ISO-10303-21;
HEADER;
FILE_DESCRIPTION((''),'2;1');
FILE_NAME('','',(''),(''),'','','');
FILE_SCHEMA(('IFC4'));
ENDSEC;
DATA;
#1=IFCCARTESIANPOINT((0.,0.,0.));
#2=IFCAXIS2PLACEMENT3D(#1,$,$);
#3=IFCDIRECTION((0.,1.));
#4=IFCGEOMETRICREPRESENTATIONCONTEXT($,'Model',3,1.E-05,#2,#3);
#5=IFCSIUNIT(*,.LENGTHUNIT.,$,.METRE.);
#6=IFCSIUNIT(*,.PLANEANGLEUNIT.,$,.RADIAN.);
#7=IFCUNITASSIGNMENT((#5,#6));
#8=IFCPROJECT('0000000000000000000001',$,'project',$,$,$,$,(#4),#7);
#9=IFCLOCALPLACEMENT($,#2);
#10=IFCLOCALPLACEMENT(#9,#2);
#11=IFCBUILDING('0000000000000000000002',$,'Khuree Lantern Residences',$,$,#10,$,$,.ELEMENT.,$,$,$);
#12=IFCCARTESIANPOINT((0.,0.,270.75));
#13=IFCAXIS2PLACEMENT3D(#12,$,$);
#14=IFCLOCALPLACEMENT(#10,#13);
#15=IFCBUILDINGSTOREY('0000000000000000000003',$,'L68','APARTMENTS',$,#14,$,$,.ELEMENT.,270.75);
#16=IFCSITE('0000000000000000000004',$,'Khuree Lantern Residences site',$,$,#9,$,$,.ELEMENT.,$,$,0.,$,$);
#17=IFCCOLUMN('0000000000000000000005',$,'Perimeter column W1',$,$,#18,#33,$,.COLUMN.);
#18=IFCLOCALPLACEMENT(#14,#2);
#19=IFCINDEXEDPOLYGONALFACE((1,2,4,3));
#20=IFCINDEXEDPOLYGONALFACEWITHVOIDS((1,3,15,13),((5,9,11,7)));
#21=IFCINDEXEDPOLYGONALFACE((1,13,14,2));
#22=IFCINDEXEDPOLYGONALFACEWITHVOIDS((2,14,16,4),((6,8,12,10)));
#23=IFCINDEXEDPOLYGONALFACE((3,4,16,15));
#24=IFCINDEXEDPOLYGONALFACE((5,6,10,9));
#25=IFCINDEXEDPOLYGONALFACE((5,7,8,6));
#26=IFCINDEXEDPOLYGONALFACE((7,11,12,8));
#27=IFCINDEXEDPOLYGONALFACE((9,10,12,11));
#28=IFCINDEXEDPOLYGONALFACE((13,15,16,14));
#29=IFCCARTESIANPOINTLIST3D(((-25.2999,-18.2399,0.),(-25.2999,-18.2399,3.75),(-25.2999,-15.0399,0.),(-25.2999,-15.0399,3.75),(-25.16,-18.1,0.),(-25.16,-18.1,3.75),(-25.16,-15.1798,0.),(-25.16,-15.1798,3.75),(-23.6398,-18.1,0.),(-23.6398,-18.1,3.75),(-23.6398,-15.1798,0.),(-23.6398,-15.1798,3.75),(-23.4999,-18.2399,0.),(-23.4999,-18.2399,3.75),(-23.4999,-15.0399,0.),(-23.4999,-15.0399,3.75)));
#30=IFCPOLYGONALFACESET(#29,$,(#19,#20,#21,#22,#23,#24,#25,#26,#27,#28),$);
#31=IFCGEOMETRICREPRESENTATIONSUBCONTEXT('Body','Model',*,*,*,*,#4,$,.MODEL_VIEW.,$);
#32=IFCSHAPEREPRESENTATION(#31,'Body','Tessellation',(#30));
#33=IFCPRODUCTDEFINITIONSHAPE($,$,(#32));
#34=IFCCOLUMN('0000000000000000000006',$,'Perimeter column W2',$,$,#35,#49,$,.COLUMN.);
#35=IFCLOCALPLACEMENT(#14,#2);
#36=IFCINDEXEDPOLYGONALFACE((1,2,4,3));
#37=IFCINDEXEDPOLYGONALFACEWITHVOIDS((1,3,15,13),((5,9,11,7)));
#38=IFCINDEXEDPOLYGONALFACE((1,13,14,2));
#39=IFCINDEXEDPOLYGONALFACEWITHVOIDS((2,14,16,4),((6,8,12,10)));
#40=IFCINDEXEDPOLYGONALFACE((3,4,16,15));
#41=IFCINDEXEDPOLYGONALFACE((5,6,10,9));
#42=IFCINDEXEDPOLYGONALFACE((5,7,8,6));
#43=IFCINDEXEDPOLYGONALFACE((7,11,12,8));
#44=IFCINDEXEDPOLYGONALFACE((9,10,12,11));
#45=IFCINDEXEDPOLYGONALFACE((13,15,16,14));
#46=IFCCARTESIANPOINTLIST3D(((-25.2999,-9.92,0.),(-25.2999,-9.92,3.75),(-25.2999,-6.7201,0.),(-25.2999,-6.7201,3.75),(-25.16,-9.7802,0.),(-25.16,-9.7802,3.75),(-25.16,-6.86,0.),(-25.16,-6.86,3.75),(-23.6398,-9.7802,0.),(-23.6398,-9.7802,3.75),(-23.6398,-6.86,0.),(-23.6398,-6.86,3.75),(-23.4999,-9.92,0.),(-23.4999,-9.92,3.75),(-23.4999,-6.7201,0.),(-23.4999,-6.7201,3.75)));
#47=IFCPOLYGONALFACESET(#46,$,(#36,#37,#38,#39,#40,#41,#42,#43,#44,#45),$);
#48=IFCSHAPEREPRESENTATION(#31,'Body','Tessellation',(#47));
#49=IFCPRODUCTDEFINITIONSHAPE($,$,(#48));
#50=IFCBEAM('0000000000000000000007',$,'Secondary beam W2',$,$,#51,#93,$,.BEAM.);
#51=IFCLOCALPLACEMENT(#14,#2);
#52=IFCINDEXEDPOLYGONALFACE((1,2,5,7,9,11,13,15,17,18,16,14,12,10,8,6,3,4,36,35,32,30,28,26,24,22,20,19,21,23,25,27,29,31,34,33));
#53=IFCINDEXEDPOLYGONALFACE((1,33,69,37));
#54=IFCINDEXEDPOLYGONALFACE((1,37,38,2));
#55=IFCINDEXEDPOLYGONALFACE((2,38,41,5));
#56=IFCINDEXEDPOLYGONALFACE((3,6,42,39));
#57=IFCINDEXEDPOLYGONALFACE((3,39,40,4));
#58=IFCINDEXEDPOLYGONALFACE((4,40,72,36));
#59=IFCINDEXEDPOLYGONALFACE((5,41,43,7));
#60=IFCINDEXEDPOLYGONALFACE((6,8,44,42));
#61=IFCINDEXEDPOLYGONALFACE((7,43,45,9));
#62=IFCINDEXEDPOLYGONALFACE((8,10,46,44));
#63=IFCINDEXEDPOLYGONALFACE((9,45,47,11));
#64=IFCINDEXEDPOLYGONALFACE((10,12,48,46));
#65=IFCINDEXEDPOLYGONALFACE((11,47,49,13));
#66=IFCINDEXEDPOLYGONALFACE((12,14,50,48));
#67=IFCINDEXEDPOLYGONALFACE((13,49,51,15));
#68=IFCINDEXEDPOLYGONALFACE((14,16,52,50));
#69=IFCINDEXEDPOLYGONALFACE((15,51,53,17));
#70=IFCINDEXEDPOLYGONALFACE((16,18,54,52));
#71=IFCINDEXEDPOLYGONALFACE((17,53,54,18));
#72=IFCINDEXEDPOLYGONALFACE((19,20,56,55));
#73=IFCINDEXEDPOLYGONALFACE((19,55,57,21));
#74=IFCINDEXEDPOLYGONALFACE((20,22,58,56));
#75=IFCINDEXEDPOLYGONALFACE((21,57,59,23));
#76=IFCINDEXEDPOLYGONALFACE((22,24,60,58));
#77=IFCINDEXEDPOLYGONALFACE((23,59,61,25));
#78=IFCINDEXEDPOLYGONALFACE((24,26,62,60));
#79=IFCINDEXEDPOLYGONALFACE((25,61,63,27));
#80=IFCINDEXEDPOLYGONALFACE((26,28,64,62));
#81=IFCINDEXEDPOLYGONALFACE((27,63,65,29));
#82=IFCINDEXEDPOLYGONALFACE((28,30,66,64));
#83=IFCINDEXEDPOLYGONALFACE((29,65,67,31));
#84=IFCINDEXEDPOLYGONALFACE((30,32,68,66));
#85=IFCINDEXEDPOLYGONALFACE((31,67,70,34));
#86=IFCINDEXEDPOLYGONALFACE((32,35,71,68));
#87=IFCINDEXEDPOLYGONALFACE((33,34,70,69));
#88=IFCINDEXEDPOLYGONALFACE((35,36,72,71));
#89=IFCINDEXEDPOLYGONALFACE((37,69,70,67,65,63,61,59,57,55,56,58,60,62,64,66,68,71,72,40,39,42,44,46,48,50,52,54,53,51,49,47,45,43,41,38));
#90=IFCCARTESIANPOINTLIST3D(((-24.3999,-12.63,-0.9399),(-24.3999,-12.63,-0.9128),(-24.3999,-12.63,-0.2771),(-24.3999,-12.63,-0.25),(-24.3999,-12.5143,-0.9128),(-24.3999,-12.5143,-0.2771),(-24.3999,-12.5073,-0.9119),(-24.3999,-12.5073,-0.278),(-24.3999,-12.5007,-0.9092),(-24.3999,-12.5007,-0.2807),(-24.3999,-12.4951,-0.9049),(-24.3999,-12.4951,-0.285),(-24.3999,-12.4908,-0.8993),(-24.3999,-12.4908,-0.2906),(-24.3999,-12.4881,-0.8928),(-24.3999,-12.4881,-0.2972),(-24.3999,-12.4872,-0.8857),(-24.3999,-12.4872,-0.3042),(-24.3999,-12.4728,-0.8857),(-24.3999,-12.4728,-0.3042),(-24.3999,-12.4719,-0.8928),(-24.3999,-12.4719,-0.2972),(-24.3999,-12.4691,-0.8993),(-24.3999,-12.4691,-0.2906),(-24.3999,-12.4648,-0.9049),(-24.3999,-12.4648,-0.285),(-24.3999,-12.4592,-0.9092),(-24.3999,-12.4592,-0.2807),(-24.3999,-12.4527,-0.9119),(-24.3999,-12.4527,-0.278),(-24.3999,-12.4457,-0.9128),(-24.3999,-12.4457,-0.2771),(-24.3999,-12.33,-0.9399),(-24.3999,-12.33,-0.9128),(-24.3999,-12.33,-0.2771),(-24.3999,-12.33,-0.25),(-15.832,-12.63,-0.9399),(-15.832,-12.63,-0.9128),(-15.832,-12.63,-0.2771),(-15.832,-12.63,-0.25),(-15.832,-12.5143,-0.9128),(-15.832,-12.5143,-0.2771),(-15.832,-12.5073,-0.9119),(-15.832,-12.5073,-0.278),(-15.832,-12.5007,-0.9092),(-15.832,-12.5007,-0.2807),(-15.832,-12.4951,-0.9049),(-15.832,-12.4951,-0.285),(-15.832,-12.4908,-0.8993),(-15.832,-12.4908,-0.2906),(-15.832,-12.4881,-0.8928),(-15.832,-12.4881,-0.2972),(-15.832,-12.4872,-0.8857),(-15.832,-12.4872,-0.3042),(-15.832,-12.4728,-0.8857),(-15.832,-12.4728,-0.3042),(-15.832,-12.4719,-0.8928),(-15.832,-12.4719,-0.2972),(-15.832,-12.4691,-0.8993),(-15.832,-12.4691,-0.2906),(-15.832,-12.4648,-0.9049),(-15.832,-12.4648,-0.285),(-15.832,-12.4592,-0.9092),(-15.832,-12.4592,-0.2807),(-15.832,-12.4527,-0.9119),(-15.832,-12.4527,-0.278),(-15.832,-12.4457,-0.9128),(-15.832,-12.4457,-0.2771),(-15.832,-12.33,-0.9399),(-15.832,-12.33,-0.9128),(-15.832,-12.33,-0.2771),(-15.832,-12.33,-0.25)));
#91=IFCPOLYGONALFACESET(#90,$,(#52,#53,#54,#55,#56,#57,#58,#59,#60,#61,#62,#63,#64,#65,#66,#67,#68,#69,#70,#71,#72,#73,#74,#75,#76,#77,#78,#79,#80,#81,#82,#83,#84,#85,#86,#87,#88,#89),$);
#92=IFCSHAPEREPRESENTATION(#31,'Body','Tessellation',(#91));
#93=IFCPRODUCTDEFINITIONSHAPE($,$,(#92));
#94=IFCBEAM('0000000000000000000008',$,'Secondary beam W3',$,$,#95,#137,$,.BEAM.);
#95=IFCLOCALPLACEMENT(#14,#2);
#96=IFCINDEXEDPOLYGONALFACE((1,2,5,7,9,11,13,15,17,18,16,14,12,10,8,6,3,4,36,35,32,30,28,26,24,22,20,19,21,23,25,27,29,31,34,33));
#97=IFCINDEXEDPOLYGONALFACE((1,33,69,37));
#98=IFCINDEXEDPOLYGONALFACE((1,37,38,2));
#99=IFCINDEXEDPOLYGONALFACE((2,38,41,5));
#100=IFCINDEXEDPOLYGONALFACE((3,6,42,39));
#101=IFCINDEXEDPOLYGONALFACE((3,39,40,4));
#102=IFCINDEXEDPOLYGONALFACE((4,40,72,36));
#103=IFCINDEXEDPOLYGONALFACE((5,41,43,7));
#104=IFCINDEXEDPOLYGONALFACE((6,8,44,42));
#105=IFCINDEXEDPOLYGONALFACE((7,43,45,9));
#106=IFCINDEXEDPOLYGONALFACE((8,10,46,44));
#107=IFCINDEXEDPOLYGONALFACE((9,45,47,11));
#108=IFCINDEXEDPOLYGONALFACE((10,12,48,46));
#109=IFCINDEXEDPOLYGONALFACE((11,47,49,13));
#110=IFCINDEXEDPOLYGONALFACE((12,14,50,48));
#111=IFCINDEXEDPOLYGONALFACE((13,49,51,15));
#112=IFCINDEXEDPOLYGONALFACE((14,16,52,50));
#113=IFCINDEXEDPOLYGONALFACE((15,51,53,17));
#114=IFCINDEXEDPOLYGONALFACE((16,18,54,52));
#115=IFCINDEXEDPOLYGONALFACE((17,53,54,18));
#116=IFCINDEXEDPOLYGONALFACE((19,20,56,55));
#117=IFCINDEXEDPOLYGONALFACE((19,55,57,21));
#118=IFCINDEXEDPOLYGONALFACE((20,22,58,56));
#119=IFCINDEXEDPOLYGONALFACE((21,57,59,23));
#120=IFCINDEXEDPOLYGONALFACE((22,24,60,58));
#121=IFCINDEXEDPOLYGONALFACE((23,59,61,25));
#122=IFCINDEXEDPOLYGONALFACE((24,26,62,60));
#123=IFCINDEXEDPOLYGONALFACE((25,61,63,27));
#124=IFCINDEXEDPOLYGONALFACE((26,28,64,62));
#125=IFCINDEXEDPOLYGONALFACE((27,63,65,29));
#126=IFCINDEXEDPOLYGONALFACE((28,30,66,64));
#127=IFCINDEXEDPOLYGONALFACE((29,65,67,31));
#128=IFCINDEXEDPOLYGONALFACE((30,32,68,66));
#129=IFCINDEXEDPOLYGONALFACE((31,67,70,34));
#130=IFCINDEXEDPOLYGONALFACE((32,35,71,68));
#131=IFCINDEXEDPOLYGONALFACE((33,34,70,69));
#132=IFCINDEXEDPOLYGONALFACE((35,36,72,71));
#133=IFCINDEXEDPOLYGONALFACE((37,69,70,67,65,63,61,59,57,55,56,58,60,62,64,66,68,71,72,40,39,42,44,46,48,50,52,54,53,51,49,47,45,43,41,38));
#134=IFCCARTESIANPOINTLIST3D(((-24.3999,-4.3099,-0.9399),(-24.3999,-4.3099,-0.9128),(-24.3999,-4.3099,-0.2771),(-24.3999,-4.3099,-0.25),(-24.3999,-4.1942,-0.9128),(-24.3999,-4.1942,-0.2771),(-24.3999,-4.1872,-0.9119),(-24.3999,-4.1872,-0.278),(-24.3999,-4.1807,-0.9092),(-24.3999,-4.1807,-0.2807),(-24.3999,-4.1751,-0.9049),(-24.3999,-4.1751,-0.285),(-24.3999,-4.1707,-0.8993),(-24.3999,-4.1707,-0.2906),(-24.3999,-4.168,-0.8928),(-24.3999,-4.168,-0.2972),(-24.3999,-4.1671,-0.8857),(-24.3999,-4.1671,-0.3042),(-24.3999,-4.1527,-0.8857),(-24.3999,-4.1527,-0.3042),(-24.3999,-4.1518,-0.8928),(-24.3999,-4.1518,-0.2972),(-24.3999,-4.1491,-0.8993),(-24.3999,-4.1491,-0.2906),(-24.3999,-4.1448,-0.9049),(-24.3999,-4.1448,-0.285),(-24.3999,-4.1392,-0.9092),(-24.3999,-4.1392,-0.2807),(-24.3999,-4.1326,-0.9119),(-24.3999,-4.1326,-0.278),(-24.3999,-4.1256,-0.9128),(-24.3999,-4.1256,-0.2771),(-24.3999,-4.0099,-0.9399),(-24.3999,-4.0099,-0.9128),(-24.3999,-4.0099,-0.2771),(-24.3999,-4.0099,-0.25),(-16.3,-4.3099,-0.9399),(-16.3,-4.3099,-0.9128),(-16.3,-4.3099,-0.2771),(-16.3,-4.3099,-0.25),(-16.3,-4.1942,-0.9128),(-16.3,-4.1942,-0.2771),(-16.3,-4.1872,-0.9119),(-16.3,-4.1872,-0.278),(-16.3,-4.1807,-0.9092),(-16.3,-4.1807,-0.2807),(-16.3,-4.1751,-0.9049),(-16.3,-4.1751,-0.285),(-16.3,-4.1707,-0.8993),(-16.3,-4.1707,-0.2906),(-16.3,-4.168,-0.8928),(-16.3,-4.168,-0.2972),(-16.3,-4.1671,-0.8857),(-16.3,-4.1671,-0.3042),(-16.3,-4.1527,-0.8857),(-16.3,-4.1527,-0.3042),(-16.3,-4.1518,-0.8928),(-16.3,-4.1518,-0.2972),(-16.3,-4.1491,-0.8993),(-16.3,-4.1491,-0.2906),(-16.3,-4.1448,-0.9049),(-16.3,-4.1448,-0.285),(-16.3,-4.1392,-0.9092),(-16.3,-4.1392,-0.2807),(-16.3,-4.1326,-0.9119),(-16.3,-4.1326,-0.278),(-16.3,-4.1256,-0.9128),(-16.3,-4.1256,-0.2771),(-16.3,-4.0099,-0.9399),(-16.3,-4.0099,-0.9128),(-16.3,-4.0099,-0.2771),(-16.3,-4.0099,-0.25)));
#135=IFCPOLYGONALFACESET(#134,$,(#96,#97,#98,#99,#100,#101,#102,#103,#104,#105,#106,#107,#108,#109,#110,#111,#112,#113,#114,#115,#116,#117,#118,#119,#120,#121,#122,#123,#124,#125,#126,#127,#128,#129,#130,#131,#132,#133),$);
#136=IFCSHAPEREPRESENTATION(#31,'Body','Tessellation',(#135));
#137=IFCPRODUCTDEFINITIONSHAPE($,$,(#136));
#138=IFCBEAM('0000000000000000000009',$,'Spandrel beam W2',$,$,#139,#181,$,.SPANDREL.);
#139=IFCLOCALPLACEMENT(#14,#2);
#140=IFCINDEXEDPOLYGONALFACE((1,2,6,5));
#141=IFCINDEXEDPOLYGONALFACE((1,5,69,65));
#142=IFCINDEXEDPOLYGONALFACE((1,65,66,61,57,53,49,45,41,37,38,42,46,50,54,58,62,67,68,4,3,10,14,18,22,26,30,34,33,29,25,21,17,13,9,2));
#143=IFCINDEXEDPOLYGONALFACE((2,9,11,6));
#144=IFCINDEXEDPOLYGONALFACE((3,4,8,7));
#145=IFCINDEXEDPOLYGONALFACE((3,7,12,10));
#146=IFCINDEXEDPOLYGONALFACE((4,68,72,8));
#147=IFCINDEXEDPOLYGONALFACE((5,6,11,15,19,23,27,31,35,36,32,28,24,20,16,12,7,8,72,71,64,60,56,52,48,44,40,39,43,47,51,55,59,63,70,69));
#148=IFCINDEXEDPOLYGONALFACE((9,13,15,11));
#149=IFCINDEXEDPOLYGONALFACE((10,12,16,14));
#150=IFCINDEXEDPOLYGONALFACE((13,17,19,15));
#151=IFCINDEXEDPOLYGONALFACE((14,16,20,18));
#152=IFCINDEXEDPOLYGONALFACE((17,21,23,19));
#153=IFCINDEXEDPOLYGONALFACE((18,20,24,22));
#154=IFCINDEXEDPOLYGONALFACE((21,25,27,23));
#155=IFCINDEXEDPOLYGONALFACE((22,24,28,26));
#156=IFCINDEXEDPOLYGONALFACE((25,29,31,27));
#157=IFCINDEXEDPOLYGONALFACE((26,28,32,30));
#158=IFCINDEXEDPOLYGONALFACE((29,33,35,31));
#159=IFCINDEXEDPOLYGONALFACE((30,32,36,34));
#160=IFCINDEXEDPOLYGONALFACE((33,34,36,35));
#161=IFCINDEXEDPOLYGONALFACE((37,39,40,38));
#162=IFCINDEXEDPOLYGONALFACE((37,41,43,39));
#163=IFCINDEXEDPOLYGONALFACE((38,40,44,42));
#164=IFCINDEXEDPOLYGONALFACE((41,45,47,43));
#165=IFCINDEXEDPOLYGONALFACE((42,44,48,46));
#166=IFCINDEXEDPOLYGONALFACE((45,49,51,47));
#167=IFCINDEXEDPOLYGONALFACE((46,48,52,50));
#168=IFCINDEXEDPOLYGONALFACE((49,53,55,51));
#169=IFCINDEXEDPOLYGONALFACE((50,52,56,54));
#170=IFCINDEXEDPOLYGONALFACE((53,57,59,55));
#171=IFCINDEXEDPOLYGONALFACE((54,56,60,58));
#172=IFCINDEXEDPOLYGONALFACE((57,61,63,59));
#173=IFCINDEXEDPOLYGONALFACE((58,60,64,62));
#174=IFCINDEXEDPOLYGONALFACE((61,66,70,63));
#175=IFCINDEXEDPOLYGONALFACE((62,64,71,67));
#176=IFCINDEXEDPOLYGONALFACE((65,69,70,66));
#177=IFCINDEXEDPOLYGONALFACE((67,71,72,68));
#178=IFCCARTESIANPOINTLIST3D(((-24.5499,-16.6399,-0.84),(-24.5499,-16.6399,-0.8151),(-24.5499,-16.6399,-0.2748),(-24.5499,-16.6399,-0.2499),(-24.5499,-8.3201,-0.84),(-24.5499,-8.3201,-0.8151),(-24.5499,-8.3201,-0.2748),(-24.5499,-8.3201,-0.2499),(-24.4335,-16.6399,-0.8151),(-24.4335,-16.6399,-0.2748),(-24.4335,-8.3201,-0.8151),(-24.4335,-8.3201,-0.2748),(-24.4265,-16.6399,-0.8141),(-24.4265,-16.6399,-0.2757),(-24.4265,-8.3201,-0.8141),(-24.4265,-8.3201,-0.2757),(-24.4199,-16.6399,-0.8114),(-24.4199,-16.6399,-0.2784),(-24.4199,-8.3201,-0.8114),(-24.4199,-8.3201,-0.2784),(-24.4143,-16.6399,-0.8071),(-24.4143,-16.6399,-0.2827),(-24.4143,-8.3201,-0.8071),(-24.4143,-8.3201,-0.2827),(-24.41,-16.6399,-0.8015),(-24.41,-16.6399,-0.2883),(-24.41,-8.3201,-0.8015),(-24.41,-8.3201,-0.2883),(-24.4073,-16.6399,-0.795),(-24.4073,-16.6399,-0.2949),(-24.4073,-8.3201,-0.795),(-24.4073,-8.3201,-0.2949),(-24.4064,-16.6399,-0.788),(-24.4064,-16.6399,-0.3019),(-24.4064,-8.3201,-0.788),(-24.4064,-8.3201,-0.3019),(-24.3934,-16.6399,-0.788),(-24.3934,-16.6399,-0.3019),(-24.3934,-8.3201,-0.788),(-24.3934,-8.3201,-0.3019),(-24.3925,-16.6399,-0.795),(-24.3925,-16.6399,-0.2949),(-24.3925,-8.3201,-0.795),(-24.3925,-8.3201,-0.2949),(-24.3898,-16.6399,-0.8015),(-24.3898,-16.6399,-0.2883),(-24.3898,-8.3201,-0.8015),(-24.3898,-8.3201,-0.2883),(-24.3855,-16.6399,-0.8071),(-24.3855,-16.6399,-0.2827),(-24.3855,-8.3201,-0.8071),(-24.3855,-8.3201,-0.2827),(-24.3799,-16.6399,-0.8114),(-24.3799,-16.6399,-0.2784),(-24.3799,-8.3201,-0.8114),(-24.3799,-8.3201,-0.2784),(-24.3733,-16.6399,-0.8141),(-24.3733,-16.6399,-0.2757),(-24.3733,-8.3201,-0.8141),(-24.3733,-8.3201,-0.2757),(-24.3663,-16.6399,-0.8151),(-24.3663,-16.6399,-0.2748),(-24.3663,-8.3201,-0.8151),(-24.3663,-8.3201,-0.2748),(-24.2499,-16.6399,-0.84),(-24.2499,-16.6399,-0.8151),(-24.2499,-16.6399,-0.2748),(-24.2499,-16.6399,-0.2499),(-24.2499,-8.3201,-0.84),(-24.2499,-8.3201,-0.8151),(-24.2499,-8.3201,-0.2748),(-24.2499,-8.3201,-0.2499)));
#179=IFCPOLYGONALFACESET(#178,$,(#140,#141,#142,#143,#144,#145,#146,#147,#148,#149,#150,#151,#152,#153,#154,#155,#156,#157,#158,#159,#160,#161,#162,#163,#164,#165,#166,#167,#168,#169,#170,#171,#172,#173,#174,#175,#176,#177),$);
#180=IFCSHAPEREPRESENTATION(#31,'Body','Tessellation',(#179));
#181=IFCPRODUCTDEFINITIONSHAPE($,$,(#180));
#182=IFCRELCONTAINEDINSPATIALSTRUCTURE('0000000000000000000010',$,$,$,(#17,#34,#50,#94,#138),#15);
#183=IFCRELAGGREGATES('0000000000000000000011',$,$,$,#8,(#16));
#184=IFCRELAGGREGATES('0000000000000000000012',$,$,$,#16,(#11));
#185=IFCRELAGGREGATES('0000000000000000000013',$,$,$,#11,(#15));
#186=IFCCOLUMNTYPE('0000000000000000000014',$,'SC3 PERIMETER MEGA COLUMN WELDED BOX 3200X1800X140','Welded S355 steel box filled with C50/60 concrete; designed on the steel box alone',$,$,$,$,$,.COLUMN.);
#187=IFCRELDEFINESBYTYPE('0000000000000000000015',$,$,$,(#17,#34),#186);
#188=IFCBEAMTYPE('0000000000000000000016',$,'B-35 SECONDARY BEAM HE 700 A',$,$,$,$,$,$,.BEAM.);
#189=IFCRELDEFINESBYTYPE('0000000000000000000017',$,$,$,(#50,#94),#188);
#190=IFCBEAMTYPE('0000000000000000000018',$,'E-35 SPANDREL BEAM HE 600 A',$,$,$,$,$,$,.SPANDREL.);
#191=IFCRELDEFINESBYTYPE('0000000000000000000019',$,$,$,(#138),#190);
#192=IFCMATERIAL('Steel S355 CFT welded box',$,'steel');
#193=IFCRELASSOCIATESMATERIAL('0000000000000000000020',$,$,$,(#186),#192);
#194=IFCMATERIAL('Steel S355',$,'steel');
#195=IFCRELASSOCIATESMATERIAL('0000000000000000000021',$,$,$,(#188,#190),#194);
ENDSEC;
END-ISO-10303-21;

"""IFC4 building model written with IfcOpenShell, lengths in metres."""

from ifc_helpers import new_model, si_unit, direction, frame, origin, origin_2d, place, context, subcontext, project, spatial, hollow_rectangle, i_section, extrude, material, material_profile, profile_set, type_object, element, save


model = new_model("IFC4")

# Units and contexts
model_context = context("Model", 3, precision=1e-05, world=origin(), true_north=direction((0.0, 1.0)))
body_context = subcontext(model_context, "Body", "Model", "MODEL_VIEW")
ifc_project = project(units=[si_unit("LENGTHUNIT", "METRE"), si_unit("PLANEANGLEUNIT", "RADIAN")], contexts=[model_context])

# Site, building, storey
site_placement = place(None, origin())
site = spatial("IfcSite", under=ifc_project, at=site_placement, Name="Khuree Lantern Residences site", CompositionType="ELEMENT", RefElevation=0.0)
building_placement = place(site_placement, origin())
building = spatial("IfcBuilding", under=site, at=building_placement, Name="Khuree Lantern Residences", CompositionType="ELEMENT")
storey_placement = place(building_placement, frame((0.0, 0.0, 270.75)))
storey = spatial("IfcBuildingStorey", under=building, at=storey_placement, Name="L68", Description="APARTMENTS", CompositionType="ELEMENT", Elevation=270.75)

# Columns
ifc_material_1 = material(Name="Steel S355 CFT welded box", Category="steel")
ifc_material_profile_1 = material_profile(ifc_material_1, hollow_rectangle(XDim=3.2, YDim=1.8, WallThickness=0.1399, at=origin_2d()), Name="WELDED BOX 3200X1800X140")
ifc_profile_set_1 = profile_set([ifc_material_profile_1], Name="Steel S355 CFT welded box")
column_type = type_object("IfcColumnType", Name="SC3 PERIMETER MEGA COLUMN WELDED BOX 3200X1800X140", Description="Welded S355 steel box filled with C50/60 concrete; designed on the steel box alone", PredefinedType="COLUMN", material=ifc_profile_set_1)
for number, where, z_axis, x_axis, name in (
    (1, (-24.3999, -16.6399, 0.0), (0.0, 0.0, 1.0), (0.0, 1.0, 0.0), "Perimeter column W1"),
    (2, (-24.3999, -8.3201, 0.0), (0.0, 0.0, 1.0), (0.0, 1.0, 0.0), "Perimeter column W2"),
):
    element("IfcColumn", number, at=place(storey_placement, frame(where, z_axis=z_axis, x_axis=x_axis)), inside=storey, type_object=column_type, Name=name, PredefinedType="COLUMN", context=body_context, shape_type="SweptSolid", body=[
        extrude(hollow_rectangle(XDim=3.2, YDim=1.8, WallThickness=0.1399, at=origin_2d()), origin(), (0.0, 0.0, 1.0), 3.75),
    ])

# Beams
ifc_material_2 = material(Name="Steel S355", Category="steel")
ifc_material_profile_2 = material_profile(ifc_material_2, i_section(OverallWidth=0.3, OverallDepth=0.6899, WebThickness=0.0144, FlangeThickness=0.0271, FilletRadius=0.0271, at=origin_2d()), Name="HE 700 A")
ifc_profile_set_2 = profile_set([ifc_material_profile_2], Name="Steel S355")
beam_type_1 = type_object("IfcBeamType", Name="B-35 SECONDARY BEAM HE 700 A", PredefinedType="BEAM", material=ifc_profile_set_2)
beam_1_placement = place(storey_placement, frame((-24.3999, -12.48, -0.595), z_axis=(1.0, 0.0, 0.0), x_axis=(0.0, 1.0, 0.0)))
element("IfcBeam", 3, at=beam_1_placement, inside=storey, type_object=beam_type_1, Name="Secondary beam W2", PredefinedType="BEAM", context=body_context, shape_type="SweptSolid", body=[
    extrude(i_section(OverallWidth=0.3, OverallDepth=0.6899, WebThickness=0.0144, FlangeThickness=0.0271, FilletRadius=0.0271, at=origin_2d()), origin(), (0.0, 0.0, 1.0), 8.5679),
])
beam_2_placement = place(storey_placement, frame((-24.3999, -4.1599, -0.595), z_axis=(1.0, 0.0, 0.0), x_axis=(0.0, 1.0, 0.0)))
element("IfcBeam", 4, at=beam_2_placement, inside=storey, type_object=beam_type_1, Name="Secondary beam W3", PredefinedType="BEAM", context=body_context, shape_type="SweptSolid", body=[
    extrude(i_section(OverallWidth=0.3, OverallDepth=0.6899, WebThickness=0.0144, FlangeThickness=0.0271, FilletRadius=0.0271, at=origin_2d()), origin(), (0.0, 0.0, 1.0), 8.0999),
])
ifc_material_profile_3 = material_profile(ifc_material_2, i_section(OverallWidth=0.3, OverallDepth=0.5901, WebThickness=0.0129, FlangeThickness=0.0249, FilletRadius=0.0271, at=origin_2d()), Name="HE 600 A")
ifc_profile_set_3 = profile_set([ifc_material_profile_3], Name="Steel S355")
beam_type_2 = type_object("IfcBeamType", Name="E-35 SPANDREL BEAM HE 600 A", PredefinedType="SPANDREL", material=ifc_profile_set_3)
beam_3_placement = place(storey_placement, frame((-24.3999, -16.6399, -0.5449), z_axis=(0.0, 1.0, 0.0), x_axis=(-1.0, 0.0, 0.0)))
element("IfcBeam", 5, at=beam_3_placement, inside=storey, type_object=beam_type_2, Name="Spandrel beam W2", PredefinedType="SPANDREL", context=body_context, shape_type="SweptSolid", body=[
    extrude(i_section(OverallWidth=0.3, OverallDepth=0.5901, WebThickness=0.0129, FlangeThickness=0.0249, FilletRadius=0.0271, at=origin_2d()), origin(), (0.0, 0.0, 1.0), 8.3198),
])

save(model, "model.ifc")
